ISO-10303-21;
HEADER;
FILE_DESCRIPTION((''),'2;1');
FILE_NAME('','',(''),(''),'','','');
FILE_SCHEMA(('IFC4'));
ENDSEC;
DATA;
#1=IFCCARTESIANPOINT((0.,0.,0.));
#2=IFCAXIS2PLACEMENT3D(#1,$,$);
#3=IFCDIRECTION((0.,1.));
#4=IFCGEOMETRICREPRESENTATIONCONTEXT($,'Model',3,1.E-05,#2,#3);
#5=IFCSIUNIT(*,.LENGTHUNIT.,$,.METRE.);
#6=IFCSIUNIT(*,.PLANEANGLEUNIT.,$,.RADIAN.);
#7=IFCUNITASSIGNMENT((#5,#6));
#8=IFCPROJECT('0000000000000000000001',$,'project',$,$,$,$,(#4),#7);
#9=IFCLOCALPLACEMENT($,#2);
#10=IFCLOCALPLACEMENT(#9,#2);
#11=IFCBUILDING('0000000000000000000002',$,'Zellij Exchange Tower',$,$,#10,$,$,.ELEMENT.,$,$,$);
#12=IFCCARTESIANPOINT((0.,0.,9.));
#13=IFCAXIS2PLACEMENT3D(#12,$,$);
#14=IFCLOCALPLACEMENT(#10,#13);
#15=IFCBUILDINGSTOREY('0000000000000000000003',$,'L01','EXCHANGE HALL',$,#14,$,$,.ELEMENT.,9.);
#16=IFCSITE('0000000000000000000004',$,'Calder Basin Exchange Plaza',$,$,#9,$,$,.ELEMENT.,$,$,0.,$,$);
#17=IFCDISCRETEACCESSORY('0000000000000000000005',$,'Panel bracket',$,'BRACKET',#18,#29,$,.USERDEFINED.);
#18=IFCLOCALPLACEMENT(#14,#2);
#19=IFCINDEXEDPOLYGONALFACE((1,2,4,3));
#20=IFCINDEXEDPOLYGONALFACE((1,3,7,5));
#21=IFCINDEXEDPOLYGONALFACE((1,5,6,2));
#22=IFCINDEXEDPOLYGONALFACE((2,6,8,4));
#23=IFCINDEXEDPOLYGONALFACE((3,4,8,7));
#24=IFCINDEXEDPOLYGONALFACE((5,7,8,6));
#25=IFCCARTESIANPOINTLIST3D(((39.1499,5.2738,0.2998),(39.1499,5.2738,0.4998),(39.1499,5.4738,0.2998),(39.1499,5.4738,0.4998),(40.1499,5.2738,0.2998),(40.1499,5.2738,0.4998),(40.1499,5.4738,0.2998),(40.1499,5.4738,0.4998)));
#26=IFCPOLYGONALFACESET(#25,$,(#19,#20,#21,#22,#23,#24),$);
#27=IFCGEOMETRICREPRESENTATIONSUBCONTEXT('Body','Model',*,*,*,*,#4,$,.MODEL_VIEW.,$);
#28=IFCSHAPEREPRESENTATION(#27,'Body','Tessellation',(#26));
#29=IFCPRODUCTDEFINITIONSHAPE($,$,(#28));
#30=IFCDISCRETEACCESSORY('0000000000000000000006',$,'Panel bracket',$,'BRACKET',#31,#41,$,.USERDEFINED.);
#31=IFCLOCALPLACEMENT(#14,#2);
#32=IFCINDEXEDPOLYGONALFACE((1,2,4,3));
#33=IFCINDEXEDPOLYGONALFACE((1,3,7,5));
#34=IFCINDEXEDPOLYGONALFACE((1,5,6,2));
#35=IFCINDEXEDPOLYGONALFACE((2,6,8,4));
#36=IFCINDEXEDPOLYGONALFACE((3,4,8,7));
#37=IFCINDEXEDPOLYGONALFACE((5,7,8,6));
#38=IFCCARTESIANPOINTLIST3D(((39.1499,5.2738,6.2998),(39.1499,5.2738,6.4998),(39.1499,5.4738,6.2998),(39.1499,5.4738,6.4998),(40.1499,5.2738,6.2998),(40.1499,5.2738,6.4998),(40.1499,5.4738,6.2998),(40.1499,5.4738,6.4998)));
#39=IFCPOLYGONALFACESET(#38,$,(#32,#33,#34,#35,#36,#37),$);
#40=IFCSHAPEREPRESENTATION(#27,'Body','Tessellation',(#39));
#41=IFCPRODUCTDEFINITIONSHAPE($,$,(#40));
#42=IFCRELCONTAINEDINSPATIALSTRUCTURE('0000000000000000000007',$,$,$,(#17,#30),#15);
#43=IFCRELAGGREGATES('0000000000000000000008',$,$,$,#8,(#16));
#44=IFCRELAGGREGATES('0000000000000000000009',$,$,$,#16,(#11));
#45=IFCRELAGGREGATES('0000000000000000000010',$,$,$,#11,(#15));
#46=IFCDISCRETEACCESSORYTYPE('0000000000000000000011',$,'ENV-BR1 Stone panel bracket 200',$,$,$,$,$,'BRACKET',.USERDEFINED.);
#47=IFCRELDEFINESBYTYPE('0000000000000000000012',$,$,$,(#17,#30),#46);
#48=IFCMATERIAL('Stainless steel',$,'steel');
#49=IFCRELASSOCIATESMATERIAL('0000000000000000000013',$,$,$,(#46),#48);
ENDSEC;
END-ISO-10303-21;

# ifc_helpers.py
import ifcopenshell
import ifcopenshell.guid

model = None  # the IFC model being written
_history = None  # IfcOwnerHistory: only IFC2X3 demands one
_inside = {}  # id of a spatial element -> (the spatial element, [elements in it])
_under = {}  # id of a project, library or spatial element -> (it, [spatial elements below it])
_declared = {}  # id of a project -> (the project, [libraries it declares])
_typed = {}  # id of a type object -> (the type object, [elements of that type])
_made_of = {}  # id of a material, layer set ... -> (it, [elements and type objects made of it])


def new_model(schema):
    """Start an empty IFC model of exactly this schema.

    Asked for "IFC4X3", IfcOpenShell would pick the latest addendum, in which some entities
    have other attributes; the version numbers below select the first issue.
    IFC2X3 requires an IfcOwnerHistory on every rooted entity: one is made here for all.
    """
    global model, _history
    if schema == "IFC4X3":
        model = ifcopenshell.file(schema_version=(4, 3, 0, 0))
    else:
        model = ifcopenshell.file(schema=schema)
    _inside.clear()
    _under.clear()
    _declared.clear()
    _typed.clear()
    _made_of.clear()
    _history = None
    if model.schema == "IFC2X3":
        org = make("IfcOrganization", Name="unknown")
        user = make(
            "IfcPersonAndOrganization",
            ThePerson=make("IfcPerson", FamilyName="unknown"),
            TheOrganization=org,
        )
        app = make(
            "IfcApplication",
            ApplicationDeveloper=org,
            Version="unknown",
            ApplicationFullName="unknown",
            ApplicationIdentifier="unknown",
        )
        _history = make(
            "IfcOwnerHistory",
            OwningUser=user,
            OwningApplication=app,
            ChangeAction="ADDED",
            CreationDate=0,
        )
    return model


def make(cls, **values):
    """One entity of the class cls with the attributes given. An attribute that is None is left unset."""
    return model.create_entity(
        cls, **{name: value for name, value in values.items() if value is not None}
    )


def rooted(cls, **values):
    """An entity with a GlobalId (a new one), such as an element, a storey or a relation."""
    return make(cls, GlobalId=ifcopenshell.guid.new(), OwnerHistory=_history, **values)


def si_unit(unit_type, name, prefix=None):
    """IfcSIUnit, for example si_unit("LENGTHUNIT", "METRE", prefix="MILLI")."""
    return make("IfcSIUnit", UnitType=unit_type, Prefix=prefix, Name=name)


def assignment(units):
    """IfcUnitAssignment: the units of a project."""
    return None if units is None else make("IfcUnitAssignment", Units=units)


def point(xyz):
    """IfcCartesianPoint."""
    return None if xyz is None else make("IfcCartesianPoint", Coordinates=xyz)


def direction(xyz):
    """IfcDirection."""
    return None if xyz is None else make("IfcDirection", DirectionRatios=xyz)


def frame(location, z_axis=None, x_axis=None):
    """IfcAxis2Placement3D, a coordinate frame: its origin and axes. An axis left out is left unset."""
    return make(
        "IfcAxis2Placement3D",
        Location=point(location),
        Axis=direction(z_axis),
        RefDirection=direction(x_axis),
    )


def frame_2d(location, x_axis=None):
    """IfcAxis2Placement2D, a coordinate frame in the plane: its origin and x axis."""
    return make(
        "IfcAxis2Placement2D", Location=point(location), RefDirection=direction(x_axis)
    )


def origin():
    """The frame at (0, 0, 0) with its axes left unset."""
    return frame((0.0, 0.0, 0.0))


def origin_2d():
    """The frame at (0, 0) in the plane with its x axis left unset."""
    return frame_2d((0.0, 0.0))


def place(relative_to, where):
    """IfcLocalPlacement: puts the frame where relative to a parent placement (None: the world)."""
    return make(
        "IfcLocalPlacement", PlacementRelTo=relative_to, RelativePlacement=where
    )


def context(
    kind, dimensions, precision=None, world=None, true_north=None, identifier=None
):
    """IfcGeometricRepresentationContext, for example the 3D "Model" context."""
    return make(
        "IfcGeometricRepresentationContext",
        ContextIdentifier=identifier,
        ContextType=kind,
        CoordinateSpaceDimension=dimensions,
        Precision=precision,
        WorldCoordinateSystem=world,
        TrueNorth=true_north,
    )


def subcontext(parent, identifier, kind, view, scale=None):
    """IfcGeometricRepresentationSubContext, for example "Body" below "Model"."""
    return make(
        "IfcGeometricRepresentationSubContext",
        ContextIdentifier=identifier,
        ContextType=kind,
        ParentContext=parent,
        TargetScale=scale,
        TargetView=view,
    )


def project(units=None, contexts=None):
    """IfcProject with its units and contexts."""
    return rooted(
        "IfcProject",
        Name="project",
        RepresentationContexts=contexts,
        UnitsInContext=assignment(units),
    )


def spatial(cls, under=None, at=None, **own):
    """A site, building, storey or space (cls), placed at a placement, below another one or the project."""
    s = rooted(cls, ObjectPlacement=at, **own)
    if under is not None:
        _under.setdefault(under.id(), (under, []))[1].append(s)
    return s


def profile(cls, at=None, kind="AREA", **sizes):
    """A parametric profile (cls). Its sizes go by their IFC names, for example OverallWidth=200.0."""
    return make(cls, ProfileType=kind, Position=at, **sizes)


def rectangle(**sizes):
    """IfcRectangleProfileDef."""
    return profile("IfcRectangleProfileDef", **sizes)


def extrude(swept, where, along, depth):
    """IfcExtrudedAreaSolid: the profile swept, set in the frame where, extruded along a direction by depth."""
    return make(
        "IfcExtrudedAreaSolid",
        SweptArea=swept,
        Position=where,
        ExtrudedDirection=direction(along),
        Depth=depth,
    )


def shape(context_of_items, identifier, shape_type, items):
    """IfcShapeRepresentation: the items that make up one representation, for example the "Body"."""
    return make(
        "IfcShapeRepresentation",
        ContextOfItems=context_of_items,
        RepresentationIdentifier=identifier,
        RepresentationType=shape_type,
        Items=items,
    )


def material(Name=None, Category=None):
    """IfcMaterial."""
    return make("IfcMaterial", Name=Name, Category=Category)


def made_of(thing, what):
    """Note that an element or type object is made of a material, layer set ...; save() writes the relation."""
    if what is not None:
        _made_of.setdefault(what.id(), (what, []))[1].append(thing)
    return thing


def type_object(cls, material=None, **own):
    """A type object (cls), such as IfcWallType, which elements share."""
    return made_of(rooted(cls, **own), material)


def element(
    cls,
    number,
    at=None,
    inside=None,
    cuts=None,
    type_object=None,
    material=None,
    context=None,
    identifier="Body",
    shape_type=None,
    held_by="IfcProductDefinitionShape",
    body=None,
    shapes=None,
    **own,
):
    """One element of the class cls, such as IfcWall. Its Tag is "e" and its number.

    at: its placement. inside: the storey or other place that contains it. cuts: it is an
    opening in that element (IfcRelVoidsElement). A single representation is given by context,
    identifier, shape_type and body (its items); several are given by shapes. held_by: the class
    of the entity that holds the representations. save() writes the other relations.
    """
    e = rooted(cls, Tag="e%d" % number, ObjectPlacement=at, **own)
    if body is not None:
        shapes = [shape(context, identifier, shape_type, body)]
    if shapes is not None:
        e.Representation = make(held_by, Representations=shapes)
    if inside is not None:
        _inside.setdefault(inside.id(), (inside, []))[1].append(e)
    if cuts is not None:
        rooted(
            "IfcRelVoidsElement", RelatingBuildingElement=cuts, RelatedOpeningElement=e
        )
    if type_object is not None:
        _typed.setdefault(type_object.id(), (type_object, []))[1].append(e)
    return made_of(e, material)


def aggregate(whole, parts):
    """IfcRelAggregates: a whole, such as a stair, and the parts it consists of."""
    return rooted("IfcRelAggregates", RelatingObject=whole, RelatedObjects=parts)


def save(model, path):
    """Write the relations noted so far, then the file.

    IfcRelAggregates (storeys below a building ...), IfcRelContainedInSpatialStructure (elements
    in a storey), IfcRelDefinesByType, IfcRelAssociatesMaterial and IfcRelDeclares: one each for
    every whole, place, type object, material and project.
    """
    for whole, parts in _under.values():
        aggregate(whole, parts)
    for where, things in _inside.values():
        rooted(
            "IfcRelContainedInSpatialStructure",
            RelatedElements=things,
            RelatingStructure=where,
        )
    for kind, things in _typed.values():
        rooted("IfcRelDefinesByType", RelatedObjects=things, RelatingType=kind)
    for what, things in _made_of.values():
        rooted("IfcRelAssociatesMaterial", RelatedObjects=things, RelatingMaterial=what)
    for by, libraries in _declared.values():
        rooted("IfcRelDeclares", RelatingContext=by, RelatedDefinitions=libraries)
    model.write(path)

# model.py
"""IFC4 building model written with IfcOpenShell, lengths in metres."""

from ifc_helpers import new_model, si_unit, direction, frame, origin, origin_2d, place, context, subcontext, project, spatial, rectangle, extrude, material, type_object, element, save


model = new_model("IFC4")

# Units and contexts
model_context = context("Model", 3, precision=1e-05, world=origin(), true_north=direction((0.0, 1.0)))
body_context = subcontext(model_context, "Body", "Model", "MODEL_VIEW")
ifc_project = project(units=[si_unit("LENGTHUNIT", "METRE"), si_unit("PLANEANGLEUNIT", "RADIAN")], contexts=[model_context])

# Site, building, storey
site_placement = place(None, origin())
site = spatial("IfcSite", under=ifc_project, at=site_placement, Name="Calder Basin Exchange Plaza", CompositionType="ELEMENT", RefElevation=0.0)
building_placement = place(site_placement, origin())
building = spatial("IfcBuilding", under=site, at=building_placement, Name="Zellij Exchange Tower", CompositionType="ELEMENT")
storey_placement = place(building_placement, frame((0.0, 0.0, 9.0)))
storey = spatial("IfcBuildingStorey", under=building, at=storey_placement, Name="L01", Description="EXCHANGE HALL", CompositionType="ELEMENT", Elevation=9.0)

# Discrete accessories
ifc_material_1 = material(Name="Stainless steel", Category="steel")
discrete_accessory_type = type_object("IfcDiscreteAccessoryType", Name="ENV-BR1 Stone panel bracket 200", ElementType="BRACKET", PredefinedType="USERDEFINED", material=ifc_material_1)
for number, where, z_axis, x_axis, name in (
    (1, (39.6499, 5.3738, 0.2998), (0.0, 0.0, 1.0), (0.0, 1.0, 0.0), "Panel bracket"),
    (2, (39.6499, 5.3738, 6.2998), (0.0, 0.0, 1.0), (0.0, 1.0, 0.0), "Panel bracket"),
):
    element("IfcDiscreteAccessory", number, at=place(storey_placement, frame(where, z_axis=z_axis, x_axis=x_axis)), inside=storey, type_object=discrete_accessory_type, Name=name, ObjectType="BRACKET", PredefinedType="USERDEFINED", context=body_context, shape_type="SweptSolid", body=[
        extrude(rectangle(XDim=0.2, YDim=1.0, at=origin_2d()), origin(), (0.0, 0.0, 1.0), 0.2),
    ])

save(model, "model.ifc")
